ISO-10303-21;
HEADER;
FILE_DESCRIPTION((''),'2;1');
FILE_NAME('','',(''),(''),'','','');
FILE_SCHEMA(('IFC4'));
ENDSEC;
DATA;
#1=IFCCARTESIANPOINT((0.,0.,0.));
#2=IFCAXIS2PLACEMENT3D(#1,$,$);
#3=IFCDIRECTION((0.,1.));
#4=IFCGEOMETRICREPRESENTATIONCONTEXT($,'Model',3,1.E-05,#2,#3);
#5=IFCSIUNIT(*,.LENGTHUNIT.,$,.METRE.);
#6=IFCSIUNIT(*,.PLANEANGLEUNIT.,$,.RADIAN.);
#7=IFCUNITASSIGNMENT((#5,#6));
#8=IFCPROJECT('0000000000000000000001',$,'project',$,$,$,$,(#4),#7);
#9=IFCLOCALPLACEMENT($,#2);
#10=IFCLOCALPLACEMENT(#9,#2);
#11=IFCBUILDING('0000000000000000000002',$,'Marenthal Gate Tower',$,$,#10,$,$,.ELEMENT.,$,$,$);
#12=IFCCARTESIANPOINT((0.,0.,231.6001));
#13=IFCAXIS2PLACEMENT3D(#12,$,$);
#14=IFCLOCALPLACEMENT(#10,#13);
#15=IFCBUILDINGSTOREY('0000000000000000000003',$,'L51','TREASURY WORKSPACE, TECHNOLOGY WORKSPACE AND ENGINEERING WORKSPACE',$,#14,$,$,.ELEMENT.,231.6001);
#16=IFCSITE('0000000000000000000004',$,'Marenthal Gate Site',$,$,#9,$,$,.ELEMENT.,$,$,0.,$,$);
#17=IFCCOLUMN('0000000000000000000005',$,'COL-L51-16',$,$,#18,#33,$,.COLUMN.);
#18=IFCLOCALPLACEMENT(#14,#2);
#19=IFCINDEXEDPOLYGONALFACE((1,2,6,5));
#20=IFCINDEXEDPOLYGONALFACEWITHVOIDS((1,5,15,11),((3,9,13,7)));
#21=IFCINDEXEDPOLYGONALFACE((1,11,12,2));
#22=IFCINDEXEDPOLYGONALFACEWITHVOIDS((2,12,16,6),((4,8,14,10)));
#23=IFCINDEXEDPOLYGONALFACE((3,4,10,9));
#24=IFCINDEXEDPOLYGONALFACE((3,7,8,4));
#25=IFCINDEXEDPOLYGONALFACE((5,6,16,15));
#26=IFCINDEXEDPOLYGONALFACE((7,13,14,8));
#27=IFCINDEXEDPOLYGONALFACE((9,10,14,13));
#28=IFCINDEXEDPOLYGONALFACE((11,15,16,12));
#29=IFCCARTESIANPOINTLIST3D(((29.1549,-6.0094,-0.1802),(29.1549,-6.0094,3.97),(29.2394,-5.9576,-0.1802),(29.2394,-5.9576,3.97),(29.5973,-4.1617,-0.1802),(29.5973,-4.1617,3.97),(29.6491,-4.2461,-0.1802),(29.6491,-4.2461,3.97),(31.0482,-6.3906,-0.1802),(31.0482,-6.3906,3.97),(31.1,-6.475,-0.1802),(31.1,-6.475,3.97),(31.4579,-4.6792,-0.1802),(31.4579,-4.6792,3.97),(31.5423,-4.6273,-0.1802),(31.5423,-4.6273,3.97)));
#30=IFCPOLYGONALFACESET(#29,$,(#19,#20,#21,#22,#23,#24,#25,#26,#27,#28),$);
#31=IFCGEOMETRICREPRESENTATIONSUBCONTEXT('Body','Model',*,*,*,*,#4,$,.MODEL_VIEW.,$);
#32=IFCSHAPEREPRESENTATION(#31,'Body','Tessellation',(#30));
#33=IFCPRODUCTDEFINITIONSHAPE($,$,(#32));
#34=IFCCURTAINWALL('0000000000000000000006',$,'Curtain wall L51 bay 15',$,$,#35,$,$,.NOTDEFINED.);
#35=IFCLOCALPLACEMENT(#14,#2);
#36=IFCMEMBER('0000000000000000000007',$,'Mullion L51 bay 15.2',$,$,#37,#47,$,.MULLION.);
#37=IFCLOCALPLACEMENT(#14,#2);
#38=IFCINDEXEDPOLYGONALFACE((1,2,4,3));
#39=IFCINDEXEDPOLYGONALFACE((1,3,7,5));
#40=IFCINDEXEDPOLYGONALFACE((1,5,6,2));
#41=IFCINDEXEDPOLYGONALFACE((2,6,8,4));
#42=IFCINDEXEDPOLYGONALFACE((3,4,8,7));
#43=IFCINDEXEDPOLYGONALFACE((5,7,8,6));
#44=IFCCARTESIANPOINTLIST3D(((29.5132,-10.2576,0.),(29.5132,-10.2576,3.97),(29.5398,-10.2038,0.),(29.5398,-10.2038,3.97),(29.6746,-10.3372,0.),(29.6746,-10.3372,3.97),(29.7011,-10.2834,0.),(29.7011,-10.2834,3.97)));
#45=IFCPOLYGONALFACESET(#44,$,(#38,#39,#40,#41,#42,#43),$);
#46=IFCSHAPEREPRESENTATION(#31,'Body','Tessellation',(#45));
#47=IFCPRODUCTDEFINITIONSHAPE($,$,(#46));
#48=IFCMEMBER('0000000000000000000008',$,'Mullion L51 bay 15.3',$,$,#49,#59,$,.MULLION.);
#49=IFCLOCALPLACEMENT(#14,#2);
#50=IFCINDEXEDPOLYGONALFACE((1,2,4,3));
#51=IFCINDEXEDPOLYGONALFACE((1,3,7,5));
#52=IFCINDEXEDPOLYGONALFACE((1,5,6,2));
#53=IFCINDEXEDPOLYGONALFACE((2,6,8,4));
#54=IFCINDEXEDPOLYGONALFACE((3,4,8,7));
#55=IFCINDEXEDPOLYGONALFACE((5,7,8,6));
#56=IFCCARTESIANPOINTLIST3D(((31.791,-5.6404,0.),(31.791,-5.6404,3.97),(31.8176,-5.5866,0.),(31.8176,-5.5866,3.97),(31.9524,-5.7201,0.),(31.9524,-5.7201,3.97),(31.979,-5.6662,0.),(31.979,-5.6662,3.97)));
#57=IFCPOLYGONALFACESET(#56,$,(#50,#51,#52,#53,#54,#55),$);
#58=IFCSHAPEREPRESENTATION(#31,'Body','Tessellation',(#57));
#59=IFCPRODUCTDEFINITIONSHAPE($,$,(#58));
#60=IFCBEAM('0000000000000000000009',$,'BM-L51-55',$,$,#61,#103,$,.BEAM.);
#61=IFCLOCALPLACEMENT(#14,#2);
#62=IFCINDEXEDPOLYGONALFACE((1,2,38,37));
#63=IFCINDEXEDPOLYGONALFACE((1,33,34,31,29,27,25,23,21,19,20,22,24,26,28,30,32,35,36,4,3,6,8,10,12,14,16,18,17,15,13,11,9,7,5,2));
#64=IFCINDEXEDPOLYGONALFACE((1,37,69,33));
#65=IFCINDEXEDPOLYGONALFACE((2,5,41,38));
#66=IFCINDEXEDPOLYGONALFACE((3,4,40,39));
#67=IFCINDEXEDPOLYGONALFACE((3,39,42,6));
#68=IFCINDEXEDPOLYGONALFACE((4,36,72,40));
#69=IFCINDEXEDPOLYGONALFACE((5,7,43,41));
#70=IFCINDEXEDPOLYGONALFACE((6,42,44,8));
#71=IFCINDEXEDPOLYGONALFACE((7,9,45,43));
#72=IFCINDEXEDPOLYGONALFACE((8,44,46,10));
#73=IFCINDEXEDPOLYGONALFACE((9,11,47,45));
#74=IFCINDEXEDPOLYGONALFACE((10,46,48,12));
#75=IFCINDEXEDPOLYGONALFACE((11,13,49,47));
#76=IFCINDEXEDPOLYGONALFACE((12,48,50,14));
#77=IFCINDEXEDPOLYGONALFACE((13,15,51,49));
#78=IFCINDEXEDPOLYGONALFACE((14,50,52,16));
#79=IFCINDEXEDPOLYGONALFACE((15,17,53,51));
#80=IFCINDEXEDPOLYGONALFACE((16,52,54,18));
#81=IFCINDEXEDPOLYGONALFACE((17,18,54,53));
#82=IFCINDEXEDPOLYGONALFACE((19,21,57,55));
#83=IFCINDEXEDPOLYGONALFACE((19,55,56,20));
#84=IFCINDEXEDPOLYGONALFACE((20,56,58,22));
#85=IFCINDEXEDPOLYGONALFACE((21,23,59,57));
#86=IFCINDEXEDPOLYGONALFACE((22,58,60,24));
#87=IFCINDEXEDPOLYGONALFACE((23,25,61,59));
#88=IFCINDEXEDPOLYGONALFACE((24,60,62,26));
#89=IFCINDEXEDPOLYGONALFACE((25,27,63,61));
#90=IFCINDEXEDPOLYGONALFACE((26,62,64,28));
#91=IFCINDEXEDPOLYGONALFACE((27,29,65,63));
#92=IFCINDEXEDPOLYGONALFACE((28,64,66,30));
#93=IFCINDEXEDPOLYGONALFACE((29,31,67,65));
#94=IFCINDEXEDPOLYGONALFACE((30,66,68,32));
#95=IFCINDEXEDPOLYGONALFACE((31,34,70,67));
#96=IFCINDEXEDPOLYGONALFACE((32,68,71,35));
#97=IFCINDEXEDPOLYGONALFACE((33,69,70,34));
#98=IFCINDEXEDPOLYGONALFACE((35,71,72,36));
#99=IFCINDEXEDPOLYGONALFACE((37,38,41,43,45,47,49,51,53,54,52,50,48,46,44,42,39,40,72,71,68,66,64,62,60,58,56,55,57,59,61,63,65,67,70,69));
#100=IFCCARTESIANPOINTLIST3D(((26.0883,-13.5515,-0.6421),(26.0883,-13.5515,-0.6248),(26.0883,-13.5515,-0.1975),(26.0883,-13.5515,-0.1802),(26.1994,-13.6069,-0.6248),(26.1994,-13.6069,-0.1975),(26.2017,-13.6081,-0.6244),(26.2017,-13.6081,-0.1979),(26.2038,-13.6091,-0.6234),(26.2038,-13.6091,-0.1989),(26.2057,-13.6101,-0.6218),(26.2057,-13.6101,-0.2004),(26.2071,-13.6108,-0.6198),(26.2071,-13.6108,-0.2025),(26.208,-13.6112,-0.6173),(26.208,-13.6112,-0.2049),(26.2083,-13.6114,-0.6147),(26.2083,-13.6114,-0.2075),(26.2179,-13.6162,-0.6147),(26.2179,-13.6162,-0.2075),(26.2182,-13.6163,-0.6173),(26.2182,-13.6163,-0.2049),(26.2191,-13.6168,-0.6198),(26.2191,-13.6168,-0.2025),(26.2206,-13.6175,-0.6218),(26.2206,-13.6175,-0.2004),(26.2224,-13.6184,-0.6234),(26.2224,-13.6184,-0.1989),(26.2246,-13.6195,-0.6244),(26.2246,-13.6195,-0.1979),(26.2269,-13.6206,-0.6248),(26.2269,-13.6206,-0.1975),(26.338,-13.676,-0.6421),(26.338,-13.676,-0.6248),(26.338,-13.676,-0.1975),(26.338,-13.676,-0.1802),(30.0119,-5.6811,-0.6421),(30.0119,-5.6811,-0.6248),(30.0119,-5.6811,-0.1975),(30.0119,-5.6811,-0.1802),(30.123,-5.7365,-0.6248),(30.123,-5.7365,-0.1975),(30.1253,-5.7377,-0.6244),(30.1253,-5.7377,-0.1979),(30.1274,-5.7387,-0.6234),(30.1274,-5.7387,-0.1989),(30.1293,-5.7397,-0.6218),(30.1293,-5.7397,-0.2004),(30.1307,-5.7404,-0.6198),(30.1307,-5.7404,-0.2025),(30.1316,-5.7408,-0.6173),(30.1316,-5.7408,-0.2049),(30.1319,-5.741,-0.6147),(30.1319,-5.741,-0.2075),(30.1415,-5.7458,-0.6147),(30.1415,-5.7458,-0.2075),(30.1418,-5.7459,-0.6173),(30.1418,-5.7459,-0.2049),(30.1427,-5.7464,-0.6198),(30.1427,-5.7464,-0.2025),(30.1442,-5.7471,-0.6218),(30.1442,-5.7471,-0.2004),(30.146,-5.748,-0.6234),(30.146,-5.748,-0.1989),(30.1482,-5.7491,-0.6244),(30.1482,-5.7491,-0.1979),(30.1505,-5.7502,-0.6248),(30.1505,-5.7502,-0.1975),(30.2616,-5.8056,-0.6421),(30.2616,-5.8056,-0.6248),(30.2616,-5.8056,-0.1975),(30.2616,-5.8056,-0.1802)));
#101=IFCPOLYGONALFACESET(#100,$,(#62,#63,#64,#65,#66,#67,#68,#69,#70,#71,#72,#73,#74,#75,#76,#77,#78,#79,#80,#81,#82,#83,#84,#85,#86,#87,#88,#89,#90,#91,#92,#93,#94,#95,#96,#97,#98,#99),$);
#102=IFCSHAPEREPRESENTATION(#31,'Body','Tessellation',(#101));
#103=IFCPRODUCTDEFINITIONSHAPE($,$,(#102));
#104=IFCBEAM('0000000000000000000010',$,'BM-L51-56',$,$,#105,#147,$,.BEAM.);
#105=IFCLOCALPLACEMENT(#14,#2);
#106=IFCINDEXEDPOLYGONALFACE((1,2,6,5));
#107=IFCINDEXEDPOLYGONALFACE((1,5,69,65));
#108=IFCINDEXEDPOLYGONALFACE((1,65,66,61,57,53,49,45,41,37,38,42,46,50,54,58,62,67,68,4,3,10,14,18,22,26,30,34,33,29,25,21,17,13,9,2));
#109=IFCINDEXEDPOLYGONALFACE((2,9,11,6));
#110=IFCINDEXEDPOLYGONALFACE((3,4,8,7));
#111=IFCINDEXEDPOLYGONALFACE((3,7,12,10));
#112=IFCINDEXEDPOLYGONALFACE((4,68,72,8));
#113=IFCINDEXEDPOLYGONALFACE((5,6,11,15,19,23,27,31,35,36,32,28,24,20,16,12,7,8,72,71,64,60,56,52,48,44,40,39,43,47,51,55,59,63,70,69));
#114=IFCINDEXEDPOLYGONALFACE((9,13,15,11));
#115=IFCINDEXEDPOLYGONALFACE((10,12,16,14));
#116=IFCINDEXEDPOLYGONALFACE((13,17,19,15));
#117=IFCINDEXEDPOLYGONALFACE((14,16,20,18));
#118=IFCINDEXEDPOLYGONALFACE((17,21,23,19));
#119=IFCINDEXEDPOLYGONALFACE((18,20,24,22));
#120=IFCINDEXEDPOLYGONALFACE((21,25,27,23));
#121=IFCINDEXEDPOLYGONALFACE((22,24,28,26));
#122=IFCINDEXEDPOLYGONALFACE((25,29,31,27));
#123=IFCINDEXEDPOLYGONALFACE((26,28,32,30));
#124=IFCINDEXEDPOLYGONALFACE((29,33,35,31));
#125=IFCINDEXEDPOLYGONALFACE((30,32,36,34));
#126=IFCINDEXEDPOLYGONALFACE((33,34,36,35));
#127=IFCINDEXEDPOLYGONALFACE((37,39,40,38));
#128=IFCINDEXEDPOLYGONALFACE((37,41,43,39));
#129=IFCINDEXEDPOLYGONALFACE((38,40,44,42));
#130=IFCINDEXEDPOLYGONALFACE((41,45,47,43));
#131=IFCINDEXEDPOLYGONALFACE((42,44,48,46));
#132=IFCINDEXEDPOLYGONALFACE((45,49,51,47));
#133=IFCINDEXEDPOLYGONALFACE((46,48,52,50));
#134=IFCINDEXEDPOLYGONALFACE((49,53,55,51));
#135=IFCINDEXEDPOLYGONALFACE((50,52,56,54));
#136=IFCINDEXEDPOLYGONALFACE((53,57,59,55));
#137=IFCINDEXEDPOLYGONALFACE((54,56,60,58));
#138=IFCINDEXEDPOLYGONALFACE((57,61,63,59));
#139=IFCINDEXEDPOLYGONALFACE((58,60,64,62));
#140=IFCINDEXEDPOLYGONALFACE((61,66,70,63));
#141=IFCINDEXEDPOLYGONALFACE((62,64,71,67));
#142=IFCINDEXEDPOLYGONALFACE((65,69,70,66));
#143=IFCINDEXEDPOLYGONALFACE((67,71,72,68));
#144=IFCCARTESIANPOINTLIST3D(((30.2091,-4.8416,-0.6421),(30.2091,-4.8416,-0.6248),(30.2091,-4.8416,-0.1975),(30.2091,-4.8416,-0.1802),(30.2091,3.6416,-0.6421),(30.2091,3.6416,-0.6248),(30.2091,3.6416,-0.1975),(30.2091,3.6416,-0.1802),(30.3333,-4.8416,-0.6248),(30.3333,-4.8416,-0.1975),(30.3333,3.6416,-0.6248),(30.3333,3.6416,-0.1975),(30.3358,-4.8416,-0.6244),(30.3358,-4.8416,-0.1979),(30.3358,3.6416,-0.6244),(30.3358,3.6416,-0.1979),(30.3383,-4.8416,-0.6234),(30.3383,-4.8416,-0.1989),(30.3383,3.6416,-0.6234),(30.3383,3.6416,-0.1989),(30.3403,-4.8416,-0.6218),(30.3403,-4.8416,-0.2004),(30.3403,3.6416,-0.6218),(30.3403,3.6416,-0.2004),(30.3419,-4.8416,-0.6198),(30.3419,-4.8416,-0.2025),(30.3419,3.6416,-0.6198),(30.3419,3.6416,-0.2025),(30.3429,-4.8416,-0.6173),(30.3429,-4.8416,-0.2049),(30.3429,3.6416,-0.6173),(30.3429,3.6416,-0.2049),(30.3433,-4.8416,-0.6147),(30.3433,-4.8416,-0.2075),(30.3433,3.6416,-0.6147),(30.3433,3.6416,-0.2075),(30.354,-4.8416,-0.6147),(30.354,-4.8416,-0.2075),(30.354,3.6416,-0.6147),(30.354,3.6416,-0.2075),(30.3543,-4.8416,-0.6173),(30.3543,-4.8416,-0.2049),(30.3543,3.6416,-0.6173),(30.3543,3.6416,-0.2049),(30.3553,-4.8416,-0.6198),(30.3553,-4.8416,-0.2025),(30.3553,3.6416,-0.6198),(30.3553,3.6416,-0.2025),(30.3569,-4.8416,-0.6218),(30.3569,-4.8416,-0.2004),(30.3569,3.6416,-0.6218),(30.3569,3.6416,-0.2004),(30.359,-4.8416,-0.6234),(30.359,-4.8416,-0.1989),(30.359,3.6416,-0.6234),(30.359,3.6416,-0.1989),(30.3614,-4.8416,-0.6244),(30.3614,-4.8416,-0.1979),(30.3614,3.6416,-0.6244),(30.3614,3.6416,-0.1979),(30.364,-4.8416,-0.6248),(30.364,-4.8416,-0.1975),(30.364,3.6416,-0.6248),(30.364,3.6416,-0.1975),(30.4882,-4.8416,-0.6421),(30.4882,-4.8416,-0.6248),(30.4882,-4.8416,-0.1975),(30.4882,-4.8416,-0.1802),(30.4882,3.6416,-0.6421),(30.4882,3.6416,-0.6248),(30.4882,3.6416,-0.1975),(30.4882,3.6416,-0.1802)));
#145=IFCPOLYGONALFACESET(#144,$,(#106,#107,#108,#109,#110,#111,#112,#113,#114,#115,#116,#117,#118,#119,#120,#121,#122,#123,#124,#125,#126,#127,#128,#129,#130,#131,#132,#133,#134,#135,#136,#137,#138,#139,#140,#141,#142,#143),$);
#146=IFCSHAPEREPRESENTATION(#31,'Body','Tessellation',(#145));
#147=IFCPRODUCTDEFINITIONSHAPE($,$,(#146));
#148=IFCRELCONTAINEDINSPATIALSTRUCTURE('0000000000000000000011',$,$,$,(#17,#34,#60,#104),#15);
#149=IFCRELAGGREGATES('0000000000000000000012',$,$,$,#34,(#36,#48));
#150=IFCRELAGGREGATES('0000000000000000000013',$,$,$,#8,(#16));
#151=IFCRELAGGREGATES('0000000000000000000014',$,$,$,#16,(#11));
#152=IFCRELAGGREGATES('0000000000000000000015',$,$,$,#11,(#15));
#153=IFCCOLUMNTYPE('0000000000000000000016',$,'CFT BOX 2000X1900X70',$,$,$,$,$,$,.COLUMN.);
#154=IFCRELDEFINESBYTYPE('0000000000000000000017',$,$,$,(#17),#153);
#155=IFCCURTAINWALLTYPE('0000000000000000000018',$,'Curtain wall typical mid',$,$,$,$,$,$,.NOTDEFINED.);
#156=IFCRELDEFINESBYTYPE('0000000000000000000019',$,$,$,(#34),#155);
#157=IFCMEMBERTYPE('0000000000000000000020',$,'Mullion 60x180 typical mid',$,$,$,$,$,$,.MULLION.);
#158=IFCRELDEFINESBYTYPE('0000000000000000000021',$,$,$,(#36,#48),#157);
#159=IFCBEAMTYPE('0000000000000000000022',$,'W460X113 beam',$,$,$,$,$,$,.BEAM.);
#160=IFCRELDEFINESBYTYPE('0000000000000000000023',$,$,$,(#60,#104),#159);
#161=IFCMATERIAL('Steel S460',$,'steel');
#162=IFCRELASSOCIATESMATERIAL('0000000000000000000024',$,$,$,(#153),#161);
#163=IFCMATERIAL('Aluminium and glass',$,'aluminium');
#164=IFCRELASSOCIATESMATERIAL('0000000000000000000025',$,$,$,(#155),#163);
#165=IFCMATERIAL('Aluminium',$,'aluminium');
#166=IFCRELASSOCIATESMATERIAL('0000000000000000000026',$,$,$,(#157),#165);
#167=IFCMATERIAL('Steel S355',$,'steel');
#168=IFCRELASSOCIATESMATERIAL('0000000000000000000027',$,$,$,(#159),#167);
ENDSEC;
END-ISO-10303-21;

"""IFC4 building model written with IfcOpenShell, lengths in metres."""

from ifc_helpers import new_model, si_unit, direction, frame, origin, origin_2d, place, context, subcontext, project, spatial, rectangle, hollow_rectangle, i_section, extrude, material, material_profile, profile_set, type_object, element, aggregate, save


model = new_model("IFC4")

# Units and contexts
model_context = context("Model", 3, precision=1e-05, world=origin(), true_north=direction((0.0, 1.0)))
body_context = subcontext(model_context, "Body", "Model", "MODEL_VIEW")
ifc_project = project(units=[si_unit("LENGTHUNIT", "METRE"), si_unit("PLANEANGLEUNIT", "RADIAN")], contexts=[model_context])

# Site, building, storey
site_placement = place(None, origin())
site = spatial("IfcSite", under=ifc_project, at=site_placement, Name="Marenthal Gate Site", CompositionType="ELEMENT", RefElevation=0.0)
building_placement = place(site_placement, origin())
building = spatial("IfcBuilding", under=site, at=building_placement, Name="Marenthal Gate Tower", CompositionType="ELEMENT")
storey_placement = place(building_placement, frame((0.0, 0.0, 231.6001)))
storey = spatial("IfcBuildingStorey", under=building, at=storey_placement, Name="L51", Description="TREASURY WORKSPACE, TECHNOLOGY WORKSPACE AND ENGINEERING WORKSPACE", CompositionType="ELEMENT", Elevation=231.6001)

# Column
ifc_material_1 = material(Name="Steel S460", Category="steel")
ifc_material_profile_1 = material_profile(ifc_material_1, hollow_rectangle(XDim=1.8999, YDim=2.0, WallThickness=0.0701, at=origin_2d()), Name="CFT BOX 2000X1900X70")
ifc_material_2 = material(Name="Concrete 70 MPa", Category="concrete")
ifc_material_profile_2 = material_profile(ifc_material_2, rectangle(XDim=1.76, YDim=1.8601, at=origin_2d()), Name="CFT BOX 2000X1900X70 INFILL")
ifc_profile_set_1 = profile_set([ifc_material_profile_1, ifc_material_profile_2], Name="Steel S460 shell, Concrete 70 MPa infill")
column_type = type_object("IfcColumnType", Name="CFT BOX 2000X1900X70", PredefinedType="COLUMN", material=ifc_profile_set_1)
column_placement = place(storey_placement, frame((30.3486, -5.3184, -0.1802), z_axis=(0.0, 0.0, 1.0), x_axis=(-0.232822, -0.972519, 0.0)))
element("IfcColumn", 1, at=column_placement, inside=storey, type_object=column_type, Name="COL-L51-16", PredefinedType="COLUMN", context=body_context, shape_type="SweptSolid", body=[
    extrude(hollow_rectangle(XDim=1.8999, YDim=2.0, WallThickness=0.0701, at=origin_2d()), origin(), (0.0, 0.0, 1.0), 4.1501),
])

# Curtain wall, members
ifc_material_3 = material(Name="Aluminium and glass", Category="aluminium")
curtain_wall_type = type_object("IfcCurtainWallType", Name="Curtain wall typical mid", PredefinedType="NOTDEFINED", material=ifc_material_3)
curtain_wall_placement = place(storey_placement, origin())
curtain_wall = element("IfcCurtainWall", 2, at=curtain_wall_placement, inside=storey, type_object=curtain_wall_type, Name="Curtain wall L51 bay 15", PredefinedType="NOTDEFINED")
ifc_material_4 = material(Name="Aluminium", Category="aluminium")
ifc_material_profile_3 = material_profile(ifc_material_4, rectangle(XDim=0.1799, YDim=0.0601, at=origin_2d()), Name="60x180 aluminium mullion")
ifc_profile_set_2 = profile_set([ifc_material_profile_3], Name="Aluminium")
member_type = type_object("IfcMemberType", Name="Mullion 60x180 typical mid", PredefinedType="MULLION", material=ifc_profile_set_2)
member_1_placement = place(storey_placement, frame((29.6072, -10.2705, 0.0), z_axis=(0.0, 0.0, 1.0), x_axis=(-0.896798, 0.442441, 0.0)))
member_1 = element("IfcMember", 3, at=member_1_placement, type_object=member_type, Name="Mullion L51 bay 15.2", PredefinedType="MULLION", context=body_context, shape_type="SweptSolid", body=[
    extrude(rectangle(XDim=0.1799, YDim=0.0601, at=origin_2d()), origin(), (0.0, 0.0, 1.0), 3.97),
])
member_2_placement = place(storey_placement, frame((31.885, -5.6533, 0.0), z_axis=(0.0, 0.0, 1.0), x_axis=(-0.896798, 0.442441, 0.0)))
member_2 = element("IfcMember", 4, at=member_2_placement, type_object=member_type, Name="Mullion L51 bay 15.3", PredefinedType="MULLION", context=body_context, shape_type="SweptSolid", body=[
    extrude(rectangle(XDim=0.1799, YDim=0.0601, at=origin_2d()), origin(), (0.0, 0.0, 1.0), 3.97),
])

# Beams
ifc_material_5 = material(Name="Steel S355", Category="steel")
ifc_material_profile_4 = material_profile(ifc_material_5, i_section(OverallWidth=0.2791, OverallDepth=0.4619, WebThickness=0.0107, FlangeThickness=0.0173, FilletRadius=0.01, at=origin_2d()), Name="W460X113")
ifc_profile_set_3 = profile_set([ifc_material_profile_4], Name="Steel S355")
beam_type_1 = type_object("IfcBeamType", Name="W460X113 beam", PredefinedType="BEAM", material=ifc_profile_set_3)
beam_1_placement = place(storey_placement, frame((26.2131, -13.6138, -0.4111), z_axis=(0.446158, 0.894954, 0.0), x_axis=(-0.894954, 0.446158, 0.0)))
element("IfcBeam", 5, at=beam_1_placement, inside=storey, type_object=beam_type_1, Name="BM-L51-55", PredefinedType="BEAM", context=body_context, shape_type="SweptSolid", body=[
    extrude(i_section(OverallWidth=0.2791, OverallDepth=0.4619, WebThickness=0.0107, FlangeThickness=0.0173, FilletRadius=0.01, at=origin_2d()), origin(), (0.0, 0.0, 1.0), 8.7942),
])
beam_2_placement = place(storey_placement, frame((30.3486, -4.8416, -0.4111), z_axis=(0.0, 1.0, 0.0), x_axis=(-1.0, 0.0, 0.0)))
element("IfcBeam", 6, at=beam_2_placement, inside=storey, type_object=beam_type_1, Name="BM-L51-56", PredefinedType="BEAM", context=body_context, shape_type="SweptSolid", body=[
    extrude(i_section(OverallWidth=0.2791, OverallDepth=0.4619, WebThickness=0.0107, FlangeThickness=0.0173, FilletRadius=0.01, at=origin_2d()), origin(), (0.0, 0.0, 1.0), 8.4832),
])

aggregate(curtain_wall, [member_1, member_2])

save(model, "model.ifc")
